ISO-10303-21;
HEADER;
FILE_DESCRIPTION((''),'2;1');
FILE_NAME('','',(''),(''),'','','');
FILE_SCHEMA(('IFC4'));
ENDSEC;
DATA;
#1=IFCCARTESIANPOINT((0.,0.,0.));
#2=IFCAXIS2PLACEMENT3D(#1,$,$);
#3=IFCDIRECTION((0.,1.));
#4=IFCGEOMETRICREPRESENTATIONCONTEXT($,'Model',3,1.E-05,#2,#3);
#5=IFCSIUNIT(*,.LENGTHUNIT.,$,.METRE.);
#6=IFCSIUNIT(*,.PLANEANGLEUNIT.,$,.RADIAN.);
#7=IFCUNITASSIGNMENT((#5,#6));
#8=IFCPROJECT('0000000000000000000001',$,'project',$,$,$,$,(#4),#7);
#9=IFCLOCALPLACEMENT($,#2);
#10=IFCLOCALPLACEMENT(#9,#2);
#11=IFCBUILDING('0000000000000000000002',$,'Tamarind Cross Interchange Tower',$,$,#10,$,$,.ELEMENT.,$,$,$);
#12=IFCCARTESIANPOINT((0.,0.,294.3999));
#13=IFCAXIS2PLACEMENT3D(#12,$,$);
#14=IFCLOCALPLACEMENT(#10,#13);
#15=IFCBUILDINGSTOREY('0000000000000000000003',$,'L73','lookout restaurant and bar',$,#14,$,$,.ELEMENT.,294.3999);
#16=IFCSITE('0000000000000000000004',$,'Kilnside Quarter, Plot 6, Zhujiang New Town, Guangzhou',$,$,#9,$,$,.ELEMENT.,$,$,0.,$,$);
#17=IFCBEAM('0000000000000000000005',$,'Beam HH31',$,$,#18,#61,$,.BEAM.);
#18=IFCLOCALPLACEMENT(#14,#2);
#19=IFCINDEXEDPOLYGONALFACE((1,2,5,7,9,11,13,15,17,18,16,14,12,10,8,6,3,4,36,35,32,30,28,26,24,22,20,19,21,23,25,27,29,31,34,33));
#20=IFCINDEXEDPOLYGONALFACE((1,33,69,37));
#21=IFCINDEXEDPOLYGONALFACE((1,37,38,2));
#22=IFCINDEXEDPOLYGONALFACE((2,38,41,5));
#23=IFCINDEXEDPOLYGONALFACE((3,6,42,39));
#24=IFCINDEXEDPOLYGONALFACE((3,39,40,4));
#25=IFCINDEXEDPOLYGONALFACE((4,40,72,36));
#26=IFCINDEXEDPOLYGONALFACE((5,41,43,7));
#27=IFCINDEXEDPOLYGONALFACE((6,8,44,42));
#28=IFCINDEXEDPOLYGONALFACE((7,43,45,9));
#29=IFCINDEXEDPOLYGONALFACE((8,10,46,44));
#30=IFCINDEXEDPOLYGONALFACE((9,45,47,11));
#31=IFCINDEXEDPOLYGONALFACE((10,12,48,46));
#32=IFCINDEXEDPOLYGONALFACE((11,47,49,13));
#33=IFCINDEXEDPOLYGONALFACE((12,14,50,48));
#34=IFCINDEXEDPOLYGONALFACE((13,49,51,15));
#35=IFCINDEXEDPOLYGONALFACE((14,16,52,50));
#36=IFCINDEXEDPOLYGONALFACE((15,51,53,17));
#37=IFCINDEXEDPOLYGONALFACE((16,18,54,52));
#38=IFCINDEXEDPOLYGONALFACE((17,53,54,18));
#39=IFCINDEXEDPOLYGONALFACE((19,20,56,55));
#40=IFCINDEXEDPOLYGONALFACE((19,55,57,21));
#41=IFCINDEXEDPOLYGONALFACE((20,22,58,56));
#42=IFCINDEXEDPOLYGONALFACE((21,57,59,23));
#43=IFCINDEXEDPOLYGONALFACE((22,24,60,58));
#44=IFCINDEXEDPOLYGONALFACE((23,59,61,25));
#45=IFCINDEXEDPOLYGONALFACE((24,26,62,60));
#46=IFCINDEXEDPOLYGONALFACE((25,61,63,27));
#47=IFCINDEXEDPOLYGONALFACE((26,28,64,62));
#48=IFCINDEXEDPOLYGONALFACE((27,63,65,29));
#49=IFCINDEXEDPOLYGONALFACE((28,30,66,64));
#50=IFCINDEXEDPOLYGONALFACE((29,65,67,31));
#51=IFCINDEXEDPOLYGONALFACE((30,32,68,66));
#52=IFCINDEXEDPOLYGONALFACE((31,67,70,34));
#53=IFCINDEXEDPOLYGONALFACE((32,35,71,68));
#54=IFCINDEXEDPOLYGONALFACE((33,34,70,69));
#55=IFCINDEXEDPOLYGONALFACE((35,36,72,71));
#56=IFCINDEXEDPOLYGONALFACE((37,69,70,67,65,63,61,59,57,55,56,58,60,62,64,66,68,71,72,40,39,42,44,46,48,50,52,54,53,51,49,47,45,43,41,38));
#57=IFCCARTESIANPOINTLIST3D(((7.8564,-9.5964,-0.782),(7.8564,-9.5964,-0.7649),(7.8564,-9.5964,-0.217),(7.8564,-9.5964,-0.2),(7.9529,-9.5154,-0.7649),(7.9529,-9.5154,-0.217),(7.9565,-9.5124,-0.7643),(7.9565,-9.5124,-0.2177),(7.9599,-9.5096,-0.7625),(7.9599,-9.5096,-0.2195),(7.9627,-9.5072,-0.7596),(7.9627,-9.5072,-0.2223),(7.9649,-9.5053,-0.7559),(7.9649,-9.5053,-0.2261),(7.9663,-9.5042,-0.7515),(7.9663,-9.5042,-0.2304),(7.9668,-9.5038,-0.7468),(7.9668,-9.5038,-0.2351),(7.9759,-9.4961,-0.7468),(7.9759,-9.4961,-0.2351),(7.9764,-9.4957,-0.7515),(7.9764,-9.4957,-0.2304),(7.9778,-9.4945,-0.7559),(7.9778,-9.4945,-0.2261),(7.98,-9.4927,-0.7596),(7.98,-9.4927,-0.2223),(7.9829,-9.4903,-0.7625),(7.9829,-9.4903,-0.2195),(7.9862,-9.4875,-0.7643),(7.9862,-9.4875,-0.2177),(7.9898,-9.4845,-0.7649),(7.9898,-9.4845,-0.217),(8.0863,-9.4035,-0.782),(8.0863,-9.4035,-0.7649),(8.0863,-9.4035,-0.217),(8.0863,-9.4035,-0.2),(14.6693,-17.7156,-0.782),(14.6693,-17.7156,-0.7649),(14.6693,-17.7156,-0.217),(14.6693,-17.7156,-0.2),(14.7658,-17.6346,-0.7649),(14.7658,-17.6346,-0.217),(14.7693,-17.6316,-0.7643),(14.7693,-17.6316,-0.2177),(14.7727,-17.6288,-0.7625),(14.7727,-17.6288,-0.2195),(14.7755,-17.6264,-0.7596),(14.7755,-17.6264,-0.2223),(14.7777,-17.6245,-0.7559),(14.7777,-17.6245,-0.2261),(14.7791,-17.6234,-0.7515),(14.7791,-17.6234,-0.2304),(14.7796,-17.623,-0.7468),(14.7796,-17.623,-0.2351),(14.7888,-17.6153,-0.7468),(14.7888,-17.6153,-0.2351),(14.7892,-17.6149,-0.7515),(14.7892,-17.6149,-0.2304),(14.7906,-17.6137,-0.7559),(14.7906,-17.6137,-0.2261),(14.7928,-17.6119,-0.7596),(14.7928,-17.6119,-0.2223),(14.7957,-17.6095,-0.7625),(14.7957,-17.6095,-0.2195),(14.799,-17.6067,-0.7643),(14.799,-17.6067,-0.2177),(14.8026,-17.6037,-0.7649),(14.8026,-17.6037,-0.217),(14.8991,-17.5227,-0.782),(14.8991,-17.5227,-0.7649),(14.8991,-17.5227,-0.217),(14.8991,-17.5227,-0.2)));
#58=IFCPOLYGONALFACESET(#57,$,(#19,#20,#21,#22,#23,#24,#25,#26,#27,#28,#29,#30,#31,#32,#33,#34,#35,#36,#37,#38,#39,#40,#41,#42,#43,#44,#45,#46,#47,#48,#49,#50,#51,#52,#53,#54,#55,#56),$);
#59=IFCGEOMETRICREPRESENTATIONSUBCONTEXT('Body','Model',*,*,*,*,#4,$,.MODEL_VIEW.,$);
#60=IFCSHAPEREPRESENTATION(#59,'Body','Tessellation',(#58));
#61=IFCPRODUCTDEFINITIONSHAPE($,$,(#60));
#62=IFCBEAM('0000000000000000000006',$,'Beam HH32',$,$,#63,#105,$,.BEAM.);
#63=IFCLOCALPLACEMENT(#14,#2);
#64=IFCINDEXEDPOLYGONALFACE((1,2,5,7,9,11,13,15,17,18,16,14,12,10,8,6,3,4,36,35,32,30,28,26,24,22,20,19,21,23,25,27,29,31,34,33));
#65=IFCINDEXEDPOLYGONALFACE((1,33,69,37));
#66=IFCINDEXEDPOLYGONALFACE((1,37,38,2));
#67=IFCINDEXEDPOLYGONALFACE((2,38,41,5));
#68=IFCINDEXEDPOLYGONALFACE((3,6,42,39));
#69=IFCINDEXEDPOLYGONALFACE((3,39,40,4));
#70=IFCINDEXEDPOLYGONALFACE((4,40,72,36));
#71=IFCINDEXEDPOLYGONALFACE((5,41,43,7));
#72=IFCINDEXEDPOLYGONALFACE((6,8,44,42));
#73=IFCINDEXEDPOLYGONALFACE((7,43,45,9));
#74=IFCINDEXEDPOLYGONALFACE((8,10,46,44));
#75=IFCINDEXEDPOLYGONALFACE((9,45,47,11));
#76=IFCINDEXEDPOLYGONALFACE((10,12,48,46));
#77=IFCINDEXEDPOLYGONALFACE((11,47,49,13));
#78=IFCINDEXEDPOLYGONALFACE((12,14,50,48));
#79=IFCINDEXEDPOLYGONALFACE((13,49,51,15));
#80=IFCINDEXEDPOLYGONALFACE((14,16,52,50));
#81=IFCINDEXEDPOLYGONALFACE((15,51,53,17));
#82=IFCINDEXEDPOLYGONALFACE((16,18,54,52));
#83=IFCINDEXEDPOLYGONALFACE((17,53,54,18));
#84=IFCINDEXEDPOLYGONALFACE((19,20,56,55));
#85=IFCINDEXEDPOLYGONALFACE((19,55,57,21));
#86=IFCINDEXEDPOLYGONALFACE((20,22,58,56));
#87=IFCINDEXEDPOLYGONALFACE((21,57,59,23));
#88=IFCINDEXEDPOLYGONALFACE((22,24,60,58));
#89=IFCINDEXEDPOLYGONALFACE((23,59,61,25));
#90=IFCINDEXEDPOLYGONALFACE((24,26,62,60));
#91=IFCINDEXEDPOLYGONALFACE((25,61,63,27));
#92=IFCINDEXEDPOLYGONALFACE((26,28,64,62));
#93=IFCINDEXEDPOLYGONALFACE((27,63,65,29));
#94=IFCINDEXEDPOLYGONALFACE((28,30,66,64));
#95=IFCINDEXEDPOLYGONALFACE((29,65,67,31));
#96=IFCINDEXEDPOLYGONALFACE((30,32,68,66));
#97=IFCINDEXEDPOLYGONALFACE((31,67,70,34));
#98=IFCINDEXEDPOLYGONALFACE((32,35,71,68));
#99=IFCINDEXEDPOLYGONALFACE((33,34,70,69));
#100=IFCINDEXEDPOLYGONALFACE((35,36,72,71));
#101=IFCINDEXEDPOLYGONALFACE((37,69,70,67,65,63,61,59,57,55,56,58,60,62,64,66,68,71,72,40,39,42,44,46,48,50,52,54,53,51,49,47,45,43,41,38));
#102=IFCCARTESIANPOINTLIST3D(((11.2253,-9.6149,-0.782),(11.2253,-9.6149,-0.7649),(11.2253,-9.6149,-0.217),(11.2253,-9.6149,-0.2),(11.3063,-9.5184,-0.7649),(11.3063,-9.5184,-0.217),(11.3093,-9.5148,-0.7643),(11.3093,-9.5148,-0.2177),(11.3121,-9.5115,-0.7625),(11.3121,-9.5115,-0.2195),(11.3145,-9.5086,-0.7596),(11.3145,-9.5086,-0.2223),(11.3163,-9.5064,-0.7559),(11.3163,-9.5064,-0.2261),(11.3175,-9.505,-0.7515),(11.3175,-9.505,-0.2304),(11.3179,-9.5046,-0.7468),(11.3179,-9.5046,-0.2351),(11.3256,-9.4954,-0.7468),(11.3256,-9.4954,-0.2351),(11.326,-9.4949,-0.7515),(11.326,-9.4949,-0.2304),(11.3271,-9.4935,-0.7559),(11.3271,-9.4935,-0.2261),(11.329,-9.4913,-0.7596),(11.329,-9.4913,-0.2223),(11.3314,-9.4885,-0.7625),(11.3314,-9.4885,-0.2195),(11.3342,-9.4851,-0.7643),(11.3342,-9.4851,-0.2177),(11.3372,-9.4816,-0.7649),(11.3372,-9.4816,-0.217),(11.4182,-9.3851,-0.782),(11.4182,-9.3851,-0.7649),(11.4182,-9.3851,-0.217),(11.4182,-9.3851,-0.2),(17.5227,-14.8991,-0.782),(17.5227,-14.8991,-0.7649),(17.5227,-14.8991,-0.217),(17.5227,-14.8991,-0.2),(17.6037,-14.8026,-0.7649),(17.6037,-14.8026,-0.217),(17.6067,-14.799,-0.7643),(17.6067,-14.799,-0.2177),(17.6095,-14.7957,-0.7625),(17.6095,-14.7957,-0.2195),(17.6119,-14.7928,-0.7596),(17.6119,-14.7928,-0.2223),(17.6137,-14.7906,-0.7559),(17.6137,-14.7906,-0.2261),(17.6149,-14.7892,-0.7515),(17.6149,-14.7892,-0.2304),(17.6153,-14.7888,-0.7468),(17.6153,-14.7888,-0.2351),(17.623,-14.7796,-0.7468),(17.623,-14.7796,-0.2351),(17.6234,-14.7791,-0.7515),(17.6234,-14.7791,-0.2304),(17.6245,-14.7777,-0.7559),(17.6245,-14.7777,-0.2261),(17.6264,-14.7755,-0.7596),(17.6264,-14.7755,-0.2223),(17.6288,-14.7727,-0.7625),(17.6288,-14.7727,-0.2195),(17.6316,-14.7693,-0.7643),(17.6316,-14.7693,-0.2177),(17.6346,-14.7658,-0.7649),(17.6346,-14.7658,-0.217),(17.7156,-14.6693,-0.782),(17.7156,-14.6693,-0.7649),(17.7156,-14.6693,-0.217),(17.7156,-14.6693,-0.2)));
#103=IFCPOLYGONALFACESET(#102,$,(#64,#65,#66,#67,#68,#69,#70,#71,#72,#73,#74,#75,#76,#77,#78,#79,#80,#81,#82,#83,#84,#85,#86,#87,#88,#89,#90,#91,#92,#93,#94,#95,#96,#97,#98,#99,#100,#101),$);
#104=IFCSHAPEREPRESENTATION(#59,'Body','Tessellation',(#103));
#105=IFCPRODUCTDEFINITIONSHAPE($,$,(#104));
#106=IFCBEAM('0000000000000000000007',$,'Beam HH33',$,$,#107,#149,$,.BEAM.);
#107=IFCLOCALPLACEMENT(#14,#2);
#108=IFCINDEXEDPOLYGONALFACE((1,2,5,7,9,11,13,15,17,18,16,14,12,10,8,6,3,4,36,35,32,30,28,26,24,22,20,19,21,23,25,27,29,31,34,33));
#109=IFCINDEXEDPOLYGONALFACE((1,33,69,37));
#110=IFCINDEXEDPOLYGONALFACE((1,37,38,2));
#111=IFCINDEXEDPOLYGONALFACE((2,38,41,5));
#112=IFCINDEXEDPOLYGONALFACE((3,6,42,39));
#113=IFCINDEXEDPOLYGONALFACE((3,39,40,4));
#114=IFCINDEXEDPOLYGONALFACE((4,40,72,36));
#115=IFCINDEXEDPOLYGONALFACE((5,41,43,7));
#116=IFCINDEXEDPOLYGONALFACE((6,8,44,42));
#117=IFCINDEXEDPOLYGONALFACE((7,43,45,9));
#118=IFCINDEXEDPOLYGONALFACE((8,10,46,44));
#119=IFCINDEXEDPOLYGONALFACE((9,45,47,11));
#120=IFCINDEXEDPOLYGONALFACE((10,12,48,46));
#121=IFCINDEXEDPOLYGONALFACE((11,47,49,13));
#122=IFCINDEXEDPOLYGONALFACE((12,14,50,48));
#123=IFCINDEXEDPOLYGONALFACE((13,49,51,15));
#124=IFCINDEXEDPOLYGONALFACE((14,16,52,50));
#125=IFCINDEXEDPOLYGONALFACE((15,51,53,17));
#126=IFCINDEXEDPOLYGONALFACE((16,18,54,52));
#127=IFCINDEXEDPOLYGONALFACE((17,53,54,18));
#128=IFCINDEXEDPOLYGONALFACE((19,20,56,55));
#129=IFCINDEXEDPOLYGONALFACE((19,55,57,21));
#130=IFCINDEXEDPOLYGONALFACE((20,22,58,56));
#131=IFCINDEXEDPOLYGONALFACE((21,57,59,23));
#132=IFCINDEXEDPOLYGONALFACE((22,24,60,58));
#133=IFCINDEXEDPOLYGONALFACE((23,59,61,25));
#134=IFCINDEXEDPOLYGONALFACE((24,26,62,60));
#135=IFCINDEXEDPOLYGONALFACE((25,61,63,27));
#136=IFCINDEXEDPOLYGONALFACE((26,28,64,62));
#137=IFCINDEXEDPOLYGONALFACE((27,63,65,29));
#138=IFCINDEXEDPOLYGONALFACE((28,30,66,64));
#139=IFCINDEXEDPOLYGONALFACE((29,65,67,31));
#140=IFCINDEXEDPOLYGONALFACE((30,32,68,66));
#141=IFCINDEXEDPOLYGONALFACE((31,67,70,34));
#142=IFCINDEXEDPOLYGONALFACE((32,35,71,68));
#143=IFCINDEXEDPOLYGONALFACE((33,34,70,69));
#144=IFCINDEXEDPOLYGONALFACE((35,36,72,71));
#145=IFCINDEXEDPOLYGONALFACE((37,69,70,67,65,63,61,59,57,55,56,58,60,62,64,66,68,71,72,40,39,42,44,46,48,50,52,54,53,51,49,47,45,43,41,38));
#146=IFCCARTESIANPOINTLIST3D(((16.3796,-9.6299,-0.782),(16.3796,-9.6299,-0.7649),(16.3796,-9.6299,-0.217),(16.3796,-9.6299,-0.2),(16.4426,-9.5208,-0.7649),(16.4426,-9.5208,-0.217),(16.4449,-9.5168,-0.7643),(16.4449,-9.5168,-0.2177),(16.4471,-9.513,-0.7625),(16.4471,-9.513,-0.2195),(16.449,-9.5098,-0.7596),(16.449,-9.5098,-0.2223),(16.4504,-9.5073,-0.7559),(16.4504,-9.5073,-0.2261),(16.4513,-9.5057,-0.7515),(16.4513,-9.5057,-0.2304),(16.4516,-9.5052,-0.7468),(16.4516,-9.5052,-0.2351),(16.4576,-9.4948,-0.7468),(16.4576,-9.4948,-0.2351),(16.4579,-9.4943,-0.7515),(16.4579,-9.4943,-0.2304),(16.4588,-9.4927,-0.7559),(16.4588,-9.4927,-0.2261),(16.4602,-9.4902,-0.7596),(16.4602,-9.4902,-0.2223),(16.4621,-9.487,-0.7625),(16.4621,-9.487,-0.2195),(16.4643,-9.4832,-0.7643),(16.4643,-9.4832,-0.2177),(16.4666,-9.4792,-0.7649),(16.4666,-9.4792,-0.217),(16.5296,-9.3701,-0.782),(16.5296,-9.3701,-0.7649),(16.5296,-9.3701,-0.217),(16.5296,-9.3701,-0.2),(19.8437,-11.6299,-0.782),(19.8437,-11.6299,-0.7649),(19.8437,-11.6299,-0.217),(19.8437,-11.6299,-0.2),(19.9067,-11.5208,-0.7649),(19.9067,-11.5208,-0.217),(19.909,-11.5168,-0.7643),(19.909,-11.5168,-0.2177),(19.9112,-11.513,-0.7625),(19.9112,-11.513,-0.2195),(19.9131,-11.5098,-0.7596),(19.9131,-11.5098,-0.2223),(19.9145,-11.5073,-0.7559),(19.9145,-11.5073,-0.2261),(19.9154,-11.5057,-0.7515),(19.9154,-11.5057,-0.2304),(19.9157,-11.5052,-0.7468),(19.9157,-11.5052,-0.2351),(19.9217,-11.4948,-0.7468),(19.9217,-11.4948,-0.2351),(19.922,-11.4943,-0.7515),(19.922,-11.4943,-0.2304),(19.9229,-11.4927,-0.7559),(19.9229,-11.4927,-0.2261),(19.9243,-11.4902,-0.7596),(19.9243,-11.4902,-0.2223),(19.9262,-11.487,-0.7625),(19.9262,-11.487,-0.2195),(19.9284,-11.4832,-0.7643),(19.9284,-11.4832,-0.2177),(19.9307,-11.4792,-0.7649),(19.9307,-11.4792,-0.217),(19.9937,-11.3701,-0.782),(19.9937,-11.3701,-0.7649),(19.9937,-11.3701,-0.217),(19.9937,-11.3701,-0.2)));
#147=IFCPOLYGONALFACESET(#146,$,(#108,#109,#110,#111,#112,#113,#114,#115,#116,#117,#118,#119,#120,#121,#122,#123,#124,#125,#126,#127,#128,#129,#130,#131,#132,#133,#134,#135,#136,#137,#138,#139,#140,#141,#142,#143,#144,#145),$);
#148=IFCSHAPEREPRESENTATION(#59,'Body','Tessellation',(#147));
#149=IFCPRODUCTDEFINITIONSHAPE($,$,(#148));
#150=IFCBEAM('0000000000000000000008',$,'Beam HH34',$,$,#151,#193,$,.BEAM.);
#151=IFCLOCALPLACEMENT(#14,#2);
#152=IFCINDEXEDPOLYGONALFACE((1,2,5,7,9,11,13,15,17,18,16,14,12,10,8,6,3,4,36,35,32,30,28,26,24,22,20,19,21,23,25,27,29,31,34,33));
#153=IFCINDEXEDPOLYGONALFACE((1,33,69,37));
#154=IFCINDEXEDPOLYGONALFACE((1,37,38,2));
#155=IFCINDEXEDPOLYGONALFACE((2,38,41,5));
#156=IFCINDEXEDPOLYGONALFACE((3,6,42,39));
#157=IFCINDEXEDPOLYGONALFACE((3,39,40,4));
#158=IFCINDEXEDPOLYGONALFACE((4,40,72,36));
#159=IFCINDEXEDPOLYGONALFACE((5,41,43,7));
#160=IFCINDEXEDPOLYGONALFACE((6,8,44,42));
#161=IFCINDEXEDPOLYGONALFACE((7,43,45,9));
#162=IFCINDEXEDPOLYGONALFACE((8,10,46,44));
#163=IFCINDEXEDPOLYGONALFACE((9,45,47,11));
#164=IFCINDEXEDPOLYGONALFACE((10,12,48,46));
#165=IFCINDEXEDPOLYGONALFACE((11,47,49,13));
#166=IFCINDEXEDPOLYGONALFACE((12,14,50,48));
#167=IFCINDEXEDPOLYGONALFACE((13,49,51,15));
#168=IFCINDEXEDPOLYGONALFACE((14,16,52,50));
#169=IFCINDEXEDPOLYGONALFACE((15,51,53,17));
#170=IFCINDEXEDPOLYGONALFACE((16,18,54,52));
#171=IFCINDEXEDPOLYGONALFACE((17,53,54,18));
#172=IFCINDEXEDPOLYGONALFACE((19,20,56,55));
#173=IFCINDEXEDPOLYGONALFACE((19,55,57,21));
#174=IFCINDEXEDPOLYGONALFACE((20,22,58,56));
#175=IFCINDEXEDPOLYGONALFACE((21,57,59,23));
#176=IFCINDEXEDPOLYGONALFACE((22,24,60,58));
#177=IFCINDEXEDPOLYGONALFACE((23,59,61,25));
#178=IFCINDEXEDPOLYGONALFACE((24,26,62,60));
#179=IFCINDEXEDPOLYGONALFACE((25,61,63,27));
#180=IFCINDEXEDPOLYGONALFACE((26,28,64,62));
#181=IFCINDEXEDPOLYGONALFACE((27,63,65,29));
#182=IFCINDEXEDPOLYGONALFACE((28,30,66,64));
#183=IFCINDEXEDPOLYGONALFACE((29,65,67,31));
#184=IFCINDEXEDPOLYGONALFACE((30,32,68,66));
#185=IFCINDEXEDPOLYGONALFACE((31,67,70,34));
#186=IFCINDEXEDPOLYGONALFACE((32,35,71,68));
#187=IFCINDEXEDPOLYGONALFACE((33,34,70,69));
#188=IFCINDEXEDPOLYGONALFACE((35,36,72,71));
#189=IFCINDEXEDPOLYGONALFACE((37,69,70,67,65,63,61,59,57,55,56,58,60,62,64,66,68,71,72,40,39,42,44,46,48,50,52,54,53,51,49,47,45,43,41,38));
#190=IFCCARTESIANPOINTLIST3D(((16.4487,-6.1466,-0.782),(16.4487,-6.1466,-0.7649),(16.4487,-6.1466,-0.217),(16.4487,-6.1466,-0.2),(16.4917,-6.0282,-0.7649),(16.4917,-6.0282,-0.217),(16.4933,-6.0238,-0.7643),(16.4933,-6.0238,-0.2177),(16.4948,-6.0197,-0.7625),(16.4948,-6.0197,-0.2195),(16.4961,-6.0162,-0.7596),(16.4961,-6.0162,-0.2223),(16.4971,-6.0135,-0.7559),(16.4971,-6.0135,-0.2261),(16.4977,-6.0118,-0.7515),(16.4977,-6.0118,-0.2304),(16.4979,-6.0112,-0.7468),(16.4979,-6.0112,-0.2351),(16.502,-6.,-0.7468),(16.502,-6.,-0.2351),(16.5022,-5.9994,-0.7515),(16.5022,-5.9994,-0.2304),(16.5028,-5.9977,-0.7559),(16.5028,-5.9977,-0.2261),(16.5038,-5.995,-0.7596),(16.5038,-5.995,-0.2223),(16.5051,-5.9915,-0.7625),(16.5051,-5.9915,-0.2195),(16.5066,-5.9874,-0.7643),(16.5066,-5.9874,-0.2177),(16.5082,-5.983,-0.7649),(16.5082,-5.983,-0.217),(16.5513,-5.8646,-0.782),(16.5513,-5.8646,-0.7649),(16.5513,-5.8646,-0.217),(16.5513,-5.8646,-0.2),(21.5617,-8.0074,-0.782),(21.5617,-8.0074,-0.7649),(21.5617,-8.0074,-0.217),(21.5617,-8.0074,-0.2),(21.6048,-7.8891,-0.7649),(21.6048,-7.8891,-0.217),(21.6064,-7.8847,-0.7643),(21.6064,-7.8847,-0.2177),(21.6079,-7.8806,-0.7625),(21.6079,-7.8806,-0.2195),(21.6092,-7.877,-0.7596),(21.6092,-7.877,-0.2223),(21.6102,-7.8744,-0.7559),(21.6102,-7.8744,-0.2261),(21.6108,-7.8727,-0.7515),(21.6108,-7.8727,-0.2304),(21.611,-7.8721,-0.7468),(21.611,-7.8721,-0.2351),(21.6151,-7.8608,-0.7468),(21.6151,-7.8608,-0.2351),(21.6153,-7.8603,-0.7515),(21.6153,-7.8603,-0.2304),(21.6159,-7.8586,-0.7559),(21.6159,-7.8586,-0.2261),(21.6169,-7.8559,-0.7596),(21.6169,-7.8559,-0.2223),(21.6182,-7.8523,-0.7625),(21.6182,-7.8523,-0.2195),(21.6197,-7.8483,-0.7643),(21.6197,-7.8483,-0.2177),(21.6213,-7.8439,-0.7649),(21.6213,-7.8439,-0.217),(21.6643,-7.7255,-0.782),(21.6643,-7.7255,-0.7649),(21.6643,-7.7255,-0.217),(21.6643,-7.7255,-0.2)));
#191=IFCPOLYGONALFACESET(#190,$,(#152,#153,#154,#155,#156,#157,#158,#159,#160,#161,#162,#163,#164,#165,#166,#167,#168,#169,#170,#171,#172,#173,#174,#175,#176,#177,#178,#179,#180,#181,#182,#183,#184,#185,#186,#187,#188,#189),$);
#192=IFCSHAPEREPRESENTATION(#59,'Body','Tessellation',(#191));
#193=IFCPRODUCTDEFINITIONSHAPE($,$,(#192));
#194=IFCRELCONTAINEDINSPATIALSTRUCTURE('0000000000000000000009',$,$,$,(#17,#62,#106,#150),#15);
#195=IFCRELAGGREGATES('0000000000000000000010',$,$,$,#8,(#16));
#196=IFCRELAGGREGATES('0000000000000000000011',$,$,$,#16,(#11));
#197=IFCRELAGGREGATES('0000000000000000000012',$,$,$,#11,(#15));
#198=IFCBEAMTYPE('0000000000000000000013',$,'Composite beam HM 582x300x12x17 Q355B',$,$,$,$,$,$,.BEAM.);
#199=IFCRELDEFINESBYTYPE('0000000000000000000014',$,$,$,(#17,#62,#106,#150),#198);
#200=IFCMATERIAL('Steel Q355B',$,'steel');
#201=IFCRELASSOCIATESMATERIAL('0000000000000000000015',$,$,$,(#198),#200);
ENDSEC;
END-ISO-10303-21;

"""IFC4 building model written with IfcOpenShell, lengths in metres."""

from ifc_helpers import new_model, si_unit, direction, frame, origin, origin_2d, place, context, subcontext, project, spatial, i_section, extrude, material, material_profile, profile_set, type_object, element, save


model = new_model("IFC4")

# Units and contexts
model_context = context("Model", 3, precision=1e-05, world=origin(), true_north=direction((0.0, 1.0)))
body_context = subcontext(model_context, "Body", "Model", "MODEL_VIEW")
ifc_project = project(units=[si_unit("LENGTHUNIT", "METRE"), si_unit("PLANEANGLEUNIT", "RADIAN")], contexts=[model_context])

# Site, building, storey
site_placement = place(None, origin())
site = spatial("IfcSite", under=ifc_project, at=site_placement, Name="Kilnside Quarter, Plot 6, Zhujiang New Town, Guangzhou", CompositionType="ELEMENT", RefElevation=0.0)
building_placement = place(site_placement, origin())
building = spatial("IfcBuilding", under=site, at=building_placement, Name="Tamarind Cross Interchange Tower", CompositionType="ELEMENT")
storey_placement = place(building_placement, frame((0.0, 0.0, 294.3999)))
storey = spatial("IfcBuildingStorey", under=building, at=storey_placement, Name="L73", Description="lookout restaurant and bar", CompositionType="ELEMENT", Elevation=294.3999)

# Beams
ifc_material_1 = material(Name="Steel Q355B", Category="steel")
ifc_material_profile_1 = material_profile(ifc_material_1, i_section(OverallWidth=0.3, OverallDepth=0.582, WebThickness=0.012, FlangeThickness=0.0171, FilletRadius=0.0181, at=origin_2d()), Name="HM 582x300x12x17")
ifc_profile_set_1 = profile_set([ifc_material_profile_1], Name="Steel Q355B")
beam_type = type_object("IfcBeamType", Name="Composite beam HM 582x300x12x17 Q355B", PredefinedType="BEAM", material=ifc_profile_set_1)
beam_1_placement = place(storey_placement, frame((14.7842, -17.6191, -0.491), z_axis=(-0.642786, 0.766046, 0.0), x_axis=(-0.766046, -0.642786, 0.0)))
element("IfcBeam", 1, at=beam_1_placement, inside=storey, type_object=beam_type, Name="Beam HH31", PredefinedType="BEAM", context=body_context, shape_type="SweptSolid", body=[
    extrude(i_section(OverallWidth=0.3, OverallDepth=0.582, WebThickness=0.012, FlangeThickness=0.0171, FilletRadius=0.0181, at=origin_2d()), origin(), (0.0, 0.0, 1.0), 10.5989),
])
beam_2_placement = place(storey_placement, frame((17.6191, -14.7842, -0.491), z_axis=(-0.766041, 0.642792, 0.0), x_axis=(-0.642792, -0.766041, 0.0)))
element("IfcBeam", 2, at=beam_2_placement, inside=storey, type_object=beam_type, Name="Beam HH32", PredefinedType="BEAM", context=body_context, shape_type="SweptSolid", body=[
    extrude(i_section(OverallWidth=0.3, OverallDepth=0.582, WebThickness=0.012, FlangeThickness=0.0171, FilletRadius=0.0181, at=origin_2d()), origin(), (0.0, 0.0, 1.0), 8.2207),
])
beam_3_placement = place(storey_placement, frame((19.9187, -11.5, -0.491), z_axis=(-0.866026, 0.499999, 0.0), x_axis=(-0.499999, -0.866026, 0.0)))
element("IfcBeam", 3, at=beam_3_placement, inside=storey, type_object=beam_type, Name="Beam HH33", PredefinedType="BEAM", context=body_context, shape_type="SweptSolid", body=[
    extrude(i_section(OverallWidth=0.3, OverallDepth=0.582, WebThickness=0.012, FlangeThickness=0.0171, FilletRadius=0.0181, at=origin_2d()), origin(), (0.0, 0.0, 1.0), 4.0),
])
beam_4_placement = place(storey_placement, frame((21.613, -7.8665, -0.491), z_axis=(-0.939702, 0.341995, 0.0), x_axis=(-0.341995, -0.939702, 0.0)))
element("IfcBeam", 4, at=beam_4_placement, inside=storey, type_object=beam_type, Name="Beam HH34", PredefinedType="BEAM", context=body_context, shape_type="SweptSolid", body=[
    extrude(i_section(OverallWidth=0.3, OverallDepth=0.582, WebThickness=0.012, FlangeThickness=0.0171, FilletRadius=0.0181, at=origin_2d()), origin(), (0.0, 0.0, 1.0), 5.4412),
])

save(model, "model.ifc")
